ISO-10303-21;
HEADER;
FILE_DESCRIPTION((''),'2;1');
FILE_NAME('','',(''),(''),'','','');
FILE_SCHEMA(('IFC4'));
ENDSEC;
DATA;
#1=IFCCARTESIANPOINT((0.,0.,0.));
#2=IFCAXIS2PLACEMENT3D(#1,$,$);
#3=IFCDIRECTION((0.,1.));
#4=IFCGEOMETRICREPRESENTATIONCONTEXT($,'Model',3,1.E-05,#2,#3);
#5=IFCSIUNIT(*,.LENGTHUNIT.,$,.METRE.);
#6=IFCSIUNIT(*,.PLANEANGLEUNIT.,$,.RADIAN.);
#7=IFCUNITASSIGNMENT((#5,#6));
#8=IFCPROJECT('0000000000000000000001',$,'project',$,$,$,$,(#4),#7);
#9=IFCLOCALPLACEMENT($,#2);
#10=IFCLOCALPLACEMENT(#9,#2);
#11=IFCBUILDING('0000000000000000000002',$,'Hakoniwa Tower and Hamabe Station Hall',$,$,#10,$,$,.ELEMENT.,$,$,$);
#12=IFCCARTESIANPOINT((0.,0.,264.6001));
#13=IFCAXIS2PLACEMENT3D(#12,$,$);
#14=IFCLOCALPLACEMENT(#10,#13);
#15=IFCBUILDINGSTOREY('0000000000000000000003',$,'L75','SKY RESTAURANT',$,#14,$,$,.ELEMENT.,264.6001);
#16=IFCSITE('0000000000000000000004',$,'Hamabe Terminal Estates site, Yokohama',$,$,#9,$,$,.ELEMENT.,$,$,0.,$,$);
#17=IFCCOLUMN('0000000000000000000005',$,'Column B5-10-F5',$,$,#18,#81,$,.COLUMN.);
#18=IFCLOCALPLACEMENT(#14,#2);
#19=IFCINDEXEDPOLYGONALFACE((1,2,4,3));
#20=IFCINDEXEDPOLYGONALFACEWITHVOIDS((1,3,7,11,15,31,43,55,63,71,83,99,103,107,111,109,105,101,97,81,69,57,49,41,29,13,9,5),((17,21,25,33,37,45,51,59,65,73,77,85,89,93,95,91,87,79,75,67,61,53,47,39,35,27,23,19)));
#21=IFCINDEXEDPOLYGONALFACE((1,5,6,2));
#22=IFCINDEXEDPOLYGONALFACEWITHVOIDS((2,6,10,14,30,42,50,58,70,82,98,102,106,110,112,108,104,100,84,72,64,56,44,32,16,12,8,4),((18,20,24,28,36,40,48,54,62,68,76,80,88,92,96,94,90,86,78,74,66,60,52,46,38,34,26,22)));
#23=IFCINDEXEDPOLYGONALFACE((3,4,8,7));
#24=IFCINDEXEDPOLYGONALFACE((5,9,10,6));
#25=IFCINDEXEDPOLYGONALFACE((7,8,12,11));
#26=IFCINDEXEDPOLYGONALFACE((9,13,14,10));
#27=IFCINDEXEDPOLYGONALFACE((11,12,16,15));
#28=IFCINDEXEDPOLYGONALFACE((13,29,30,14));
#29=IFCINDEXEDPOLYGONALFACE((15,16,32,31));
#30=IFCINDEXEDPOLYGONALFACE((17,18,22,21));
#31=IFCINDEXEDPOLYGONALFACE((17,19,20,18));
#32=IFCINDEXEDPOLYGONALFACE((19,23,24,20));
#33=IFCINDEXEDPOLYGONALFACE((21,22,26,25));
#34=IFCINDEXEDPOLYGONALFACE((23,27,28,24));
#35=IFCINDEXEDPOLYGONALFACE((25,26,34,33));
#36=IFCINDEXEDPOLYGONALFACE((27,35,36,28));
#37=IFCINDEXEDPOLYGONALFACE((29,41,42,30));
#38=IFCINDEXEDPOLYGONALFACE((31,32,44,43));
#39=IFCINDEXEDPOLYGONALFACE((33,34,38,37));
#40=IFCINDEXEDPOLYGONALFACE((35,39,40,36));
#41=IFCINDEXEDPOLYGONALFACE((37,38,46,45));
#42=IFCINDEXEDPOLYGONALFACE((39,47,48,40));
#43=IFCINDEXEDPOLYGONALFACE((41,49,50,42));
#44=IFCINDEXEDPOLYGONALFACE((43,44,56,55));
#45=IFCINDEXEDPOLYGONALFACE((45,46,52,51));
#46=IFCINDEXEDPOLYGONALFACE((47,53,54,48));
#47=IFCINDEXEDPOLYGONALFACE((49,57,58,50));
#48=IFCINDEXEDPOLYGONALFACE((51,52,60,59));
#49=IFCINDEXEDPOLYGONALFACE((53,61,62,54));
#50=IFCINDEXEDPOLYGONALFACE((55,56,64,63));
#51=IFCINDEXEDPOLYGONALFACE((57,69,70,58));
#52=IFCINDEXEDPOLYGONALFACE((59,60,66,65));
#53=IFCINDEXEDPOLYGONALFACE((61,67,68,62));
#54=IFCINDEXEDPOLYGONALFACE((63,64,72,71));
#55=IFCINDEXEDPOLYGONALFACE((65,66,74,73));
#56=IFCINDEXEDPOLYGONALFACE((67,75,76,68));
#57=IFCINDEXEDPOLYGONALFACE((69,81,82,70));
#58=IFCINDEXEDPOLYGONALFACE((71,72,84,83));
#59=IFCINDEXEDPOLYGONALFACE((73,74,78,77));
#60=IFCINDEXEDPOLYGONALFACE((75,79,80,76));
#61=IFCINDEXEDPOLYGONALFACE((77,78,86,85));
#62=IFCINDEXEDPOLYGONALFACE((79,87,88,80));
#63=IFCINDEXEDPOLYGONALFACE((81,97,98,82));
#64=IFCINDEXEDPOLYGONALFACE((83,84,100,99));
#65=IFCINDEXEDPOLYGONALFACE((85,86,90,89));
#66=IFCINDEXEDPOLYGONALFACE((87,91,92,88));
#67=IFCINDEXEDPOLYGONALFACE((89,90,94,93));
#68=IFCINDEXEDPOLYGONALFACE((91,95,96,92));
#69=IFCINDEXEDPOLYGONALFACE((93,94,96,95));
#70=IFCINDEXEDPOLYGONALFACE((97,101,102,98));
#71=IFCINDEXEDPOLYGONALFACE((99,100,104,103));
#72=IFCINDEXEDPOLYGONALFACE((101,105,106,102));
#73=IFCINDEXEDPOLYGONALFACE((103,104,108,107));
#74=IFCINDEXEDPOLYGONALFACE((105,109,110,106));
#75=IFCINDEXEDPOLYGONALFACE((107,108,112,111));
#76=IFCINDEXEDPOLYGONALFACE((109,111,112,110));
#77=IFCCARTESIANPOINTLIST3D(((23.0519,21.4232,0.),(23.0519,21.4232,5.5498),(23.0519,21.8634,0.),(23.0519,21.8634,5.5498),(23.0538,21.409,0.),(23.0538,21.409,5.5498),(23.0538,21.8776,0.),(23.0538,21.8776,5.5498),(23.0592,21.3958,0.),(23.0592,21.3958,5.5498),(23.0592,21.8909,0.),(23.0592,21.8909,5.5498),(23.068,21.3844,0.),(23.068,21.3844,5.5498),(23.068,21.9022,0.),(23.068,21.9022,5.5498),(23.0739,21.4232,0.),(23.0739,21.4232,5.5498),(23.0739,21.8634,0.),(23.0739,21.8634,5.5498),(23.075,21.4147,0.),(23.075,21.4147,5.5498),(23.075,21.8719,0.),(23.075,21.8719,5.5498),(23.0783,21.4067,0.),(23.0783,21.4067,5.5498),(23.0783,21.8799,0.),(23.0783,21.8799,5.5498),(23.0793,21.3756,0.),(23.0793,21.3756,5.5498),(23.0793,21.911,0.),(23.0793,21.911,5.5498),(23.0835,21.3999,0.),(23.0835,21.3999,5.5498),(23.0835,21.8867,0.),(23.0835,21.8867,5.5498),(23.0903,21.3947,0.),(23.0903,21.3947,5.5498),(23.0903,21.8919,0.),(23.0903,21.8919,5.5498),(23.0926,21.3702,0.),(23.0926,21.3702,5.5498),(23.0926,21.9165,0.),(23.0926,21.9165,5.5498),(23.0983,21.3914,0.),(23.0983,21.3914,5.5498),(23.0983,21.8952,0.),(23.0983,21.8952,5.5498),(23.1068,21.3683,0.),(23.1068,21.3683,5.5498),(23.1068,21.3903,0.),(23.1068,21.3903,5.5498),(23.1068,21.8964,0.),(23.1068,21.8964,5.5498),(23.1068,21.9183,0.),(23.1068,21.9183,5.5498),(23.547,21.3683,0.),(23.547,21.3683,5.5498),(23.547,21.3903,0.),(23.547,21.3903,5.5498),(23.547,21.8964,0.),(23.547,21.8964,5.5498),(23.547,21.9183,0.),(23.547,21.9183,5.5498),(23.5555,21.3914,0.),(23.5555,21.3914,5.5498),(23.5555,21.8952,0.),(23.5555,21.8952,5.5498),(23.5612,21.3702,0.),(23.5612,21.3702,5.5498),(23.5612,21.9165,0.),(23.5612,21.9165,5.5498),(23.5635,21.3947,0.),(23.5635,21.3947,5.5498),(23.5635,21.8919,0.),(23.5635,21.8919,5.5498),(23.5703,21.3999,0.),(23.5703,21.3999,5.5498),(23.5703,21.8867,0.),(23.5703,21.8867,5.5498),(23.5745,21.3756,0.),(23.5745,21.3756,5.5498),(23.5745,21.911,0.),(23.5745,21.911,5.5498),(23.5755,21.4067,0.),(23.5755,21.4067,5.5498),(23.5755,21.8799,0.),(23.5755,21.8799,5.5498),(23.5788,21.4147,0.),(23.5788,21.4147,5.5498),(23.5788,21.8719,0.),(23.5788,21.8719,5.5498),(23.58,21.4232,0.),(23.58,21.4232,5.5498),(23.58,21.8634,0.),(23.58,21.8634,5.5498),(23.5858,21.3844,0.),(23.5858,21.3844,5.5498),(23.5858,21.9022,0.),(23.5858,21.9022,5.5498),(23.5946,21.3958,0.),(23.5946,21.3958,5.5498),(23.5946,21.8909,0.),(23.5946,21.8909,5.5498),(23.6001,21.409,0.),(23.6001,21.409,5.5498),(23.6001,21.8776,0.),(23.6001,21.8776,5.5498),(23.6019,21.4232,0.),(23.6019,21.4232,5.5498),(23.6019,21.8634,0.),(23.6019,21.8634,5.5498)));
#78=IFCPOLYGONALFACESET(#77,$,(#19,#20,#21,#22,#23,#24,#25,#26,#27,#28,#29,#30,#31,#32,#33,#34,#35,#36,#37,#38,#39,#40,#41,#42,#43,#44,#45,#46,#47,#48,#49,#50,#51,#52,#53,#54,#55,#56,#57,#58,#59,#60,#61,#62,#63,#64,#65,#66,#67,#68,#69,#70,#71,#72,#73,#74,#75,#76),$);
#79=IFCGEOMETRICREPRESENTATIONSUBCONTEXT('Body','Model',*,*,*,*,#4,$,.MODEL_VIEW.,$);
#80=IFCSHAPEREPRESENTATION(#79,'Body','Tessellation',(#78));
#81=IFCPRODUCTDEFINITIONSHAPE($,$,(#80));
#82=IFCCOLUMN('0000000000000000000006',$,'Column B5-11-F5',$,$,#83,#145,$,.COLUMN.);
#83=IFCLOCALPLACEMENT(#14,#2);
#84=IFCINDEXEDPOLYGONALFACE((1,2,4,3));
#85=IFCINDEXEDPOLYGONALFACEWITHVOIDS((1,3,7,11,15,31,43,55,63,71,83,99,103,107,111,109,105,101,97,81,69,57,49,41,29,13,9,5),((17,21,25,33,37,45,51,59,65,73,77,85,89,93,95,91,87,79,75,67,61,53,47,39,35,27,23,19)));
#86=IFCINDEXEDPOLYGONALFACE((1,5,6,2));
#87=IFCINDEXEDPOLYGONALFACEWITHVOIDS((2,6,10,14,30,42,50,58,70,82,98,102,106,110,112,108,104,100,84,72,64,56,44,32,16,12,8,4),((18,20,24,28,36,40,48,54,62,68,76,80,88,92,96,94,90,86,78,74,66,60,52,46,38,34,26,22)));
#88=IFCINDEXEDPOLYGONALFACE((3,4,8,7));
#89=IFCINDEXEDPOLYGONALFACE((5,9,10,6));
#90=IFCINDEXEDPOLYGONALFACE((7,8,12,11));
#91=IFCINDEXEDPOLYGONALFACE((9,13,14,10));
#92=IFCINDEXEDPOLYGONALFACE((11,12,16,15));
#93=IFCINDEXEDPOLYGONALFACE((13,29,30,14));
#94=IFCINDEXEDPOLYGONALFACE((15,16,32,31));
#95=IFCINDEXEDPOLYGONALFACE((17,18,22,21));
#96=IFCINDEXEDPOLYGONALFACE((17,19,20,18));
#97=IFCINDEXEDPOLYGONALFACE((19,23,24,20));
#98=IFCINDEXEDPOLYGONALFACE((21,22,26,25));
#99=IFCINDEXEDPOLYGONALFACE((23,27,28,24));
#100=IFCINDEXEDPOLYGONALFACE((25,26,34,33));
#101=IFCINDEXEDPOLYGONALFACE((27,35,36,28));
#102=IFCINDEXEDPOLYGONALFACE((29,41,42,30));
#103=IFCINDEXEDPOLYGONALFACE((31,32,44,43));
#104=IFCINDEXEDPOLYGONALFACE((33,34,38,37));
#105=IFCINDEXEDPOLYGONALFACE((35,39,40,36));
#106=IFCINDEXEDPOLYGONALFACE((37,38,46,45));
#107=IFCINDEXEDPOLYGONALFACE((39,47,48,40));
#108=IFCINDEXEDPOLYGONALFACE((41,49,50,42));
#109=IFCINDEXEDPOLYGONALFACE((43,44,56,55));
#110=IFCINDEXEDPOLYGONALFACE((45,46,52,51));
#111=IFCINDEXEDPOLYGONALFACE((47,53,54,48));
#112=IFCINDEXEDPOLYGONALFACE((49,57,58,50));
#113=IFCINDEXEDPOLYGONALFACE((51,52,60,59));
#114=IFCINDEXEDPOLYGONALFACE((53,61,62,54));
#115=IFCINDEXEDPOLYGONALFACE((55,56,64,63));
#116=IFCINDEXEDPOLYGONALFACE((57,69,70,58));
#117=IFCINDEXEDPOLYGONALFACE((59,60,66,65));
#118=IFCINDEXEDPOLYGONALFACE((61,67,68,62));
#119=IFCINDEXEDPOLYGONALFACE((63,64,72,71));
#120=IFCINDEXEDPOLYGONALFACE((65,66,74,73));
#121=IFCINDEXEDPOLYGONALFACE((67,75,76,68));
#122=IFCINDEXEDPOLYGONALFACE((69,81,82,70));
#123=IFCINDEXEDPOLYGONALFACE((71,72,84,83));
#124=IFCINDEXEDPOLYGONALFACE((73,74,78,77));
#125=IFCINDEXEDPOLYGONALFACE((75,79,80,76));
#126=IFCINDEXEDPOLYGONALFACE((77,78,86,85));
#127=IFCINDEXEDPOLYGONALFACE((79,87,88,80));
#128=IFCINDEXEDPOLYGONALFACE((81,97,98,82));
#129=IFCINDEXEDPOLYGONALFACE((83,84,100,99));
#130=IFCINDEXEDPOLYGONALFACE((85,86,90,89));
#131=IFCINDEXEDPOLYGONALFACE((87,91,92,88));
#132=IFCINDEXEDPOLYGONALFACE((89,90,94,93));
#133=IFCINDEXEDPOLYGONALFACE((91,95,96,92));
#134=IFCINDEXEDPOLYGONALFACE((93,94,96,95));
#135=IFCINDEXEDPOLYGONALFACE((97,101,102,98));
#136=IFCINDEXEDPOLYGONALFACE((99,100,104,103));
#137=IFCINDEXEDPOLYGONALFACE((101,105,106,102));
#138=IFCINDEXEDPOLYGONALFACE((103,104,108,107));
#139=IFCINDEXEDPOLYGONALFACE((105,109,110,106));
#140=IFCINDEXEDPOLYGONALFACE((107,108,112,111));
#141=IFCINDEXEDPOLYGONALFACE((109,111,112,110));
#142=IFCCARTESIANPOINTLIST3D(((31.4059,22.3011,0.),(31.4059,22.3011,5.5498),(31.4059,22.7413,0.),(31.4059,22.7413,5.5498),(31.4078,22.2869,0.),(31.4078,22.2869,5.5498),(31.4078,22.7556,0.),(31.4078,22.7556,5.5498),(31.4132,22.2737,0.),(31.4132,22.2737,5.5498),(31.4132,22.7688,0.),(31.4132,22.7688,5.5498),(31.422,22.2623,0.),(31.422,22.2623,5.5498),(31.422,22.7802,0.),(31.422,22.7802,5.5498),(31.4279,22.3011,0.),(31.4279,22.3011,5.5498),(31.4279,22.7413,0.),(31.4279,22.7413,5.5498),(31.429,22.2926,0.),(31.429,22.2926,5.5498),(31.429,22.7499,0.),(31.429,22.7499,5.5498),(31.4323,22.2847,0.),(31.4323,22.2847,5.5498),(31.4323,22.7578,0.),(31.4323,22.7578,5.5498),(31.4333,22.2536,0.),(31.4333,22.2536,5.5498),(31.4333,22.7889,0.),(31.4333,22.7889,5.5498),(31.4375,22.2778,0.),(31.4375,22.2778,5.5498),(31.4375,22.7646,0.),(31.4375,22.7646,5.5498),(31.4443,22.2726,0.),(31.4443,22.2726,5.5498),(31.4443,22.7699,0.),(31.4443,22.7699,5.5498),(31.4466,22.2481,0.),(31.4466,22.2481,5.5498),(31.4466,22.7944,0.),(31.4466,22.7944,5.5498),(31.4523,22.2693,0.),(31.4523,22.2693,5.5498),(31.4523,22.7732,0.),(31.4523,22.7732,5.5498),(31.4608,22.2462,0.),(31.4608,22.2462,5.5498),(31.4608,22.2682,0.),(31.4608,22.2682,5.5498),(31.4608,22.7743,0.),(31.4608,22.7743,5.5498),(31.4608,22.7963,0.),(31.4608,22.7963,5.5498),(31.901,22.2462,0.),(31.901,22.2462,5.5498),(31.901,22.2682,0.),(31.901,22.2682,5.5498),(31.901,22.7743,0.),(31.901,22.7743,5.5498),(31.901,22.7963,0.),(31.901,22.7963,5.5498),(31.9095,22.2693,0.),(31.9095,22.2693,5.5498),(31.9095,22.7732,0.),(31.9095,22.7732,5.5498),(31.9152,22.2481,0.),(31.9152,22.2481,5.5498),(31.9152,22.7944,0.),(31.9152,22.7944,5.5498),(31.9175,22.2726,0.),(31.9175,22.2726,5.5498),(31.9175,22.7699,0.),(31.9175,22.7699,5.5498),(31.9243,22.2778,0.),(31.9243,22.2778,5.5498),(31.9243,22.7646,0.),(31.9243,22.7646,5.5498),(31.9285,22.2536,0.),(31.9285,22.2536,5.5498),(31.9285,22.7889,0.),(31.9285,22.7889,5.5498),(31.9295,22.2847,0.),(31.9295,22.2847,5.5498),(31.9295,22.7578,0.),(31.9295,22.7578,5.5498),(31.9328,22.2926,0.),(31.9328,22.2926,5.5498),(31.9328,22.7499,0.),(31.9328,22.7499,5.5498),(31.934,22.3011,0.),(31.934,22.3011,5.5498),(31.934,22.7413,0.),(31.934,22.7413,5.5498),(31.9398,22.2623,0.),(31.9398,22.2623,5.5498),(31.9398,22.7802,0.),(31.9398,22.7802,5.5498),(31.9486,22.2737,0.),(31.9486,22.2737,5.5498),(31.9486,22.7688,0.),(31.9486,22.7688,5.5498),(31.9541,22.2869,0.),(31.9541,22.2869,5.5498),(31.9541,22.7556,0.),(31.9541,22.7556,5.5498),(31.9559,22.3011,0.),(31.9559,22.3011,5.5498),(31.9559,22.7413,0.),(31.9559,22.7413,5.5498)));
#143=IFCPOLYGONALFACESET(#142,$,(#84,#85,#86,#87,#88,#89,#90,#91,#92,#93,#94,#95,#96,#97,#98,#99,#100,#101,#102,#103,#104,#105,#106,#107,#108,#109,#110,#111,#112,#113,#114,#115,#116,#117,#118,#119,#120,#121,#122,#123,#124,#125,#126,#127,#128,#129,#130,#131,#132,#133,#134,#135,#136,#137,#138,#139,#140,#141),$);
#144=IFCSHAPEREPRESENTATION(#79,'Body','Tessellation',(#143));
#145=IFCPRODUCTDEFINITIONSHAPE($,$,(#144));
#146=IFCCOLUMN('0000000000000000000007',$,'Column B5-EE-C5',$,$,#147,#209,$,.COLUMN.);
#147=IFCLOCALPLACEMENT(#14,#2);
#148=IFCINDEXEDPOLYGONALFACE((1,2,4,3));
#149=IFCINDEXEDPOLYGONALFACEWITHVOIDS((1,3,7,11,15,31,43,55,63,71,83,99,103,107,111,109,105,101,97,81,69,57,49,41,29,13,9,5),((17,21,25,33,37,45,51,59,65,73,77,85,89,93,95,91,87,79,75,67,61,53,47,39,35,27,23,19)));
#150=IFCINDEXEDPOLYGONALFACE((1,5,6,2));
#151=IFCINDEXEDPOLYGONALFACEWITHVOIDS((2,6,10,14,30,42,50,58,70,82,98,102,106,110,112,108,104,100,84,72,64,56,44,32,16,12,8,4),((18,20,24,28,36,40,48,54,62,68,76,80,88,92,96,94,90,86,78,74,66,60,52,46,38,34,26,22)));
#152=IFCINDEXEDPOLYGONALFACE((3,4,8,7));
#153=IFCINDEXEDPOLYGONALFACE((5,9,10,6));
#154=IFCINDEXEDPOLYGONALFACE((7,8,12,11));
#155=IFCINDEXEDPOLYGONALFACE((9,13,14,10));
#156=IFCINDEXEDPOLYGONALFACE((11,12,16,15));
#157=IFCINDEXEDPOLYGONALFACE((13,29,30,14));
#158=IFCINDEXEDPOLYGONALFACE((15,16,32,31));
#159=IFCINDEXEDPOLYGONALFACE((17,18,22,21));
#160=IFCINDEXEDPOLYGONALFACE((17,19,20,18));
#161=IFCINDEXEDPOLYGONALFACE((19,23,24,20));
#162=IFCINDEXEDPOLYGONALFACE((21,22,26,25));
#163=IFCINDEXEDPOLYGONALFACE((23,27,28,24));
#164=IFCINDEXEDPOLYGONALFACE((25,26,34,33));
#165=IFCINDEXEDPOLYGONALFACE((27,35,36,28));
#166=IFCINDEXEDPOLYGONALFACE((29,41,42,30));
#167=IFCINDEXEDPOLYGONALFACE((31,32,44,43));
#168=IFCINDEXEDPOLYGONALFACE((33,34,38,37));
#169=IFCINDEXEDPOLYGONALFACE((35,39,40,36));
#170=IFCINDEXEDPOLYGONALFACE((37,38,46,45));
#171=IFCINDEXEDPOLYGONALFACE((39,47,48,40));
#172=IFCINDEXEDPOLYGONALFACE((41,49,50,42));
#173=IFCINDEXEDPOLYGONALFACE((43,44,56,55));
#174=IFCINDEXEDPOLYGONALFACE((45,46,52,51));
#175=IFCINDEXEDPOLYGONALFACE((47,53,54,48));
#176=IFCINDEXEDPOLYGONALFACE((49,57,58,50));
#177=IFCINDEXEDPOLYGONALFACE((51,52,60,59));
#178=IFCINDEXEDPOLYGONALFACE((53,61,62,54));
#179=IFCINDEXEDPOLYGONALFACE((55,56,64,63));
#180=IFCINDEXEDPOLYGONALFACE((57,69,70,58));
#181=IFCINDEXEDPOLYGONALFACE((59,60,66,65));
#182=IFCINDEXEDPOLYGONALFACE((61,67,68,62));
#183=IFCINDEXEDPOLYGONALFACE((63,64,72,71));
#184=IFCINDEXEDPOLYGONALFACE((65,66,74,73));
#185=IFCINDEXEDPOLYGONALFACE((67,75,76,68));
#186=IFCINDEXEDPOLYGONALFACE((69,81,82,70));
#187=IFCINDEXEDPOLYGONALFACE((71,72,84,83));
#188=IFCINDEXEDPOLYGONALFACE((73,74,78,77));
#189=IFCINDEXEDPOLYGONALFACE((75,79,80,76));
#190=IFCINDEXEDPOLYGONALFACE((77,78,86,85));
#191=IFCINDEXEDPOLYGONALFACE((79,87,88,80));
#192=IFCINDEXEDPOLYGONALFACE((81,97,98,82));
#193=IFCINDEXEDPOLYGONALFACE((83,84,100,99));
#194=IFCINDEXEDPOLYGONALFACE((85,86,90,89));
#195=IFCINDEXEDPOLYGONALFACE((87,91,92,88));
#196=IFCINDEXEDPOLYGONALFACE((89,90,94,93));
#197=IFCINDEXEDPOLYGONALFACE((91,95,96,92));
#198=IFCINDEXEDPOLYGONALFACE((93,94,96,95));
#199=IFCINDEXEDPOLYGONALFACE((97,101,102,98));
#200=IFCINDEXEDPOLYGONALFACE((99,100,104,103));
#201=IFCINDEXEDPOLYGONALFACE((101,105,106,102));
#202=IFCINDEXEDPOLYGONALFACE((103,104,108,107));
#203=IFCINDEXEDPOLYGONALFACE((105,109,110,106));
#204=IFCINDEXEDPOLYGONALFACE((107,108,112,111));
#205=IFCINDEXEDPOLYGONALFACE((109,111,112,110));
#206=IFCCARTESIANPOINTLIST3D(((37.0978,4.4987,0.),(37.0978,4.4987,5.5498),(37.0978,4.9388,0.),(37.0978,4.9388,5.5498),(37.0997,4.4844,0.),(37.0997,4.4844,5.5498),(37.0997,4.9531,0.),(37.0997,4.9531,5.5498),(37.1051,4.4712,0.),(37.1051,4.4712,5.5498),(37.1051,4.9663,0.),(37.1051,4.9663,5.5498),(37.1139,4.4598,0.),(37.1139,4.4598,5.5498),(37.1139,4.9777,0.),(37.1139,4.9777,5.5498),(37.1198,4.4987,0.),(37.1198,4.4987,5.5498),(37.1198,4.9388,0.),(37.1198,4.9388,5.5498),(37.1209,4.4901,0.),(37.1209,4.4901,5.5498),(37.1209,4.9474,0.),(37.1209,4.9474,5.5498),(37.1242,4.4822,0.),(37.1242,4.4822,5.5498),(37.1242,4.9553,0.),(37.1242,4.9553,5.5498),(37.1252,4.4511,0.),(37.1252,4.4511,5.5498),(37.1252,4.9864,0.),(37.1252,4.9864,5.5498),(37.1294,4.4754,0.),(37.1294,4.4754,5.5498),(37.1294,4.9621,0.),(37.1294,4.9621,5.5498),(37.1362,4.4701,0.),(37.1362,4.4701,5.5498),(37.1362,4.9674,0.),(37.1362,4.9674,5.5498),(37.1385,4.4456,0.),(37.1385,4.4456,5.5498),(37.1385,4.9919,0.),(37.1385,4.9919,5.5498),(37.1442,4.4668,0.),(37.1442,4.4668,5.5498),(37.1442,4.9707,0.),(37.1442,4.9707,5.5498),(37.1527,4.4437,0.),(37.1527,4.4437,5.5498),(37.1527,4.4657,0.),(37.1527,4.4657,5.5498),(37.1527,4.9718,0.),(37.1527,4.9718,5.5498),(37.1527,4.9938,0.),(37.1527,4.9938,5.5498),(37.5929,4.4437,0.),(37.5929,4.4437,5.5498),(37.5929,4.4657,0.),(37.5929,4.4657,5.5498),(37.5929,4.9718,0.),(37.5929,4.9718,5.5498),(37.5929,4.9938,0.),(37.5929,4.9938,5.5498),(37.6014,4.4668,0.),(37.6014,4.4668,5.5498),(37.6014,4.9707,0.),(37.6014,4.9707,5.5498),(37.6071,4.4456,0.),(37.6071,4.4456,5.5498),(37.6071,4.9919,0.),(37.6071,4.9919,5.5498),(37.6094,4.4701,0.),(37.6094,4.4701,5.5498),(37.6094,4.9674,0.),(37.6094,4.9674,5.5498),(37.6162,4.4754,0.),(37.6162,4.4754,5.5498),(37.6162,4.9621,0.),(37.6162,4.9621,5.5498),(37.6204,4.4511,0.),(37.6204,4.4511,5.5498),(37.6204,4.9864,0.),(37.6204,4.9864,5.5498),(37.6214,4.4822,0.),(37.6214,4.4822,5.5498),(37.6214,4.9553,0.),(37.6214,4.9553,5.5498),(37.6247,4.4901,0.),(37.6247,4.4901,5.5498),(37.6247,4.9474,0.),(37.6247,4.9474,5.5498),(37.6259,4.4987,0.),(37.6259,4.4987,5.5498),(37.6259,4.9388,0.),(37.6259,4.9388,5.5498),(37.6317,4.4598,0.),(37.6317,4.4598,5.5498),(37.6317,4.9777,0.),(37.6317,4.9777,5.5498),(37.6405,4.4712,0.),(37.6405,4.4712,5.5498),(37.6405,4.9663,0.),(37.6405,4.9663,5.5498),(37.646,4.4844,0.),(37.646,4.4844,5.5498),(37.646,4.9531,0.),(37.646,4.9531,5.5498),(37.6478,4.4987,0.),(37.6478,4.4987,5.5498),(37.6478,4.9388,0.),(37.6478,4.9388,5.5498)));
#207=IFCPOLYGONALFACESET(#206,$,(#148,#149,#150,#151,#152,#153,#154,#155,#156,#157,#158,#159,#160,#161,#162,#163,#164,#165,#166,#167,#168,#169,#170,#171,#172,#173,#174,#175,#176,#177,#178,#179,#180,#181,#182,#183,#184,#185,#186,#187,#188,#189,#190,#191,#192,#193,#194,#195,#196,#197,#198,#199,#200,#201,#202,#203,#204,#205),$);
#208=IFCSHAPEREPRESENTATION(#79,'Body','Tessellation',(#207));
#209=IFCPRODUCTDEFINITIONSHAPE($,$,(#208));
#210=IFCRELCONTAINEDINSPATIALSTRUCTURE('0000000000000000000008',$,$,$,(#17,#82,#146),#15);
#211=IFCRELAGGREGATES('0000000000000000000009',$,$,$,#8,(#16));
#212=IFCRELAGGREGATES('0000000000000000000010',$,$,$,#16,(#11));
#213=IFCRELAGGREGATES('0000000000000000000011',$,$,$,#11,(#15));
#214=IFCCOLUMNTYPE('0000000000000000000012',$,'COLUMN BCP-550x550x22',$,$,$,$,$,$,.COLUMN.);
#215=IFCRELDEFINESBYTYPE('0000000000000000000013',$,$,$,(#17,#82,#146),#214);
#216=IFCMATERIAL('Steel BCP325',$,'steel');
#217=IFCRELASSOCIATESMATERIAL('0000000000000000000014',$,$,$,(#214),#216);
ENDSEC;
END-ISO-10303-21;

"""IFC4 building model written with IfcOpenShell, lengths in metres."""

from ifc_helpers import new_model, si_unit, direction, frame, origin, origin_2d, place, context, subcontext, project, spatial, hollow_rectangle, extrude, material, material_profile, profile_set, type_object, element, save


model = new_model("IFC4")

# Units and contexts
model_context = context("Model", 3, precision=1e-05, world=origin(), true_north=direction((0.0, 1.0)))
body_context = subcontext(model_context, "Body", "Model", "MODEL_VIEW")
ifc_project = project(units=[si_unit("LENGTHUNIT", "METRE"), si_unit("PLANEANGLEUNIT", "RADIAN")], contexts=[model_context])

# Site, building, storey
site_placement = place(None, origin())
site = spatial("IfcSite", under=ifc_project, at=site_placement, Name="Hamabe Terminal Estates site, Yokohama", CompositionType="ELEMENT", RefElevation=0.0)
building_placement = place(site_placement, origin())
building = spatial("IfcBuilding", under=site, at=building_placement, Name="Hakoniwa Tower and Hamabe Station Hall", CompositionType="ELEMENT")
storey_placement = place(building_placement, frame((0.0, 0.0, 264.6001)))
storey = spatial("IfcBuildingStorey", under=building, at=storey_placement, Name="L75", Description="SKY RESTAURANT", CompositionType="ELEMENT", Elevation=264.6001)

# Columns
ifc_material_1 = material(Name="Steel BCP325", Category="steel")
ifc_material_profile_1 = material_profile(ifc_material_1, hollow_rectangle(XDim=0.55, YDim=0.55, WallThickness=0.022, InnerFilletRadius=0.033, OuterFilletRadius=0.0549, at=origin_2d()), Name="BCP-550x550x22")
ifc_profile_set_1 = profile_set([ifc_material_profile_1], Name="Steel BCP325")
column_type = type_object("IfcColumnType", Name="COLUMN BCP-550x550x22", PredefinedType="COLUMN", material=ifc_profile_set_1)
for number, where, z_axis, x_axis, name in (
    (1, (23.3269, 21.6433, 0.0), (0.0, 0.0, 1.0), (1.0, 0.0, 0.0), "Column B5-10-F5"),
    (2, (31.6809, 22.5212, 0.0), (0.0, 0.0, 1.0), (1.0, 0.0, 0.0), "Column B5-11-F5"),
    (3, (37.3728, 4.7188, 0.0), (0.0, 0.0, 1.0), (1.0, 0.0, 0.0), "Column B5-EE-C5"),
):
    element("IfcColumn", number, at=place(storey_placement, frame(where, z_axis=z_axis, x_axis=x_axis)), inside=storey, type_object=column_type, Name=name, PredefinedType="COLUMN", context=body_context, shape_type="SweptSolid", body=[
        extrude(hollow_rectangle(XDim=0.55, YDim=0.55, WallThickness=0.022, InnerFilletRadius=0.033, OuterFilletRadius=0.0549, at=origin_2d()), origin(), (0.0, 0.0, 1.0), 5.5498),
    ])

save(model, "model.ifc")
